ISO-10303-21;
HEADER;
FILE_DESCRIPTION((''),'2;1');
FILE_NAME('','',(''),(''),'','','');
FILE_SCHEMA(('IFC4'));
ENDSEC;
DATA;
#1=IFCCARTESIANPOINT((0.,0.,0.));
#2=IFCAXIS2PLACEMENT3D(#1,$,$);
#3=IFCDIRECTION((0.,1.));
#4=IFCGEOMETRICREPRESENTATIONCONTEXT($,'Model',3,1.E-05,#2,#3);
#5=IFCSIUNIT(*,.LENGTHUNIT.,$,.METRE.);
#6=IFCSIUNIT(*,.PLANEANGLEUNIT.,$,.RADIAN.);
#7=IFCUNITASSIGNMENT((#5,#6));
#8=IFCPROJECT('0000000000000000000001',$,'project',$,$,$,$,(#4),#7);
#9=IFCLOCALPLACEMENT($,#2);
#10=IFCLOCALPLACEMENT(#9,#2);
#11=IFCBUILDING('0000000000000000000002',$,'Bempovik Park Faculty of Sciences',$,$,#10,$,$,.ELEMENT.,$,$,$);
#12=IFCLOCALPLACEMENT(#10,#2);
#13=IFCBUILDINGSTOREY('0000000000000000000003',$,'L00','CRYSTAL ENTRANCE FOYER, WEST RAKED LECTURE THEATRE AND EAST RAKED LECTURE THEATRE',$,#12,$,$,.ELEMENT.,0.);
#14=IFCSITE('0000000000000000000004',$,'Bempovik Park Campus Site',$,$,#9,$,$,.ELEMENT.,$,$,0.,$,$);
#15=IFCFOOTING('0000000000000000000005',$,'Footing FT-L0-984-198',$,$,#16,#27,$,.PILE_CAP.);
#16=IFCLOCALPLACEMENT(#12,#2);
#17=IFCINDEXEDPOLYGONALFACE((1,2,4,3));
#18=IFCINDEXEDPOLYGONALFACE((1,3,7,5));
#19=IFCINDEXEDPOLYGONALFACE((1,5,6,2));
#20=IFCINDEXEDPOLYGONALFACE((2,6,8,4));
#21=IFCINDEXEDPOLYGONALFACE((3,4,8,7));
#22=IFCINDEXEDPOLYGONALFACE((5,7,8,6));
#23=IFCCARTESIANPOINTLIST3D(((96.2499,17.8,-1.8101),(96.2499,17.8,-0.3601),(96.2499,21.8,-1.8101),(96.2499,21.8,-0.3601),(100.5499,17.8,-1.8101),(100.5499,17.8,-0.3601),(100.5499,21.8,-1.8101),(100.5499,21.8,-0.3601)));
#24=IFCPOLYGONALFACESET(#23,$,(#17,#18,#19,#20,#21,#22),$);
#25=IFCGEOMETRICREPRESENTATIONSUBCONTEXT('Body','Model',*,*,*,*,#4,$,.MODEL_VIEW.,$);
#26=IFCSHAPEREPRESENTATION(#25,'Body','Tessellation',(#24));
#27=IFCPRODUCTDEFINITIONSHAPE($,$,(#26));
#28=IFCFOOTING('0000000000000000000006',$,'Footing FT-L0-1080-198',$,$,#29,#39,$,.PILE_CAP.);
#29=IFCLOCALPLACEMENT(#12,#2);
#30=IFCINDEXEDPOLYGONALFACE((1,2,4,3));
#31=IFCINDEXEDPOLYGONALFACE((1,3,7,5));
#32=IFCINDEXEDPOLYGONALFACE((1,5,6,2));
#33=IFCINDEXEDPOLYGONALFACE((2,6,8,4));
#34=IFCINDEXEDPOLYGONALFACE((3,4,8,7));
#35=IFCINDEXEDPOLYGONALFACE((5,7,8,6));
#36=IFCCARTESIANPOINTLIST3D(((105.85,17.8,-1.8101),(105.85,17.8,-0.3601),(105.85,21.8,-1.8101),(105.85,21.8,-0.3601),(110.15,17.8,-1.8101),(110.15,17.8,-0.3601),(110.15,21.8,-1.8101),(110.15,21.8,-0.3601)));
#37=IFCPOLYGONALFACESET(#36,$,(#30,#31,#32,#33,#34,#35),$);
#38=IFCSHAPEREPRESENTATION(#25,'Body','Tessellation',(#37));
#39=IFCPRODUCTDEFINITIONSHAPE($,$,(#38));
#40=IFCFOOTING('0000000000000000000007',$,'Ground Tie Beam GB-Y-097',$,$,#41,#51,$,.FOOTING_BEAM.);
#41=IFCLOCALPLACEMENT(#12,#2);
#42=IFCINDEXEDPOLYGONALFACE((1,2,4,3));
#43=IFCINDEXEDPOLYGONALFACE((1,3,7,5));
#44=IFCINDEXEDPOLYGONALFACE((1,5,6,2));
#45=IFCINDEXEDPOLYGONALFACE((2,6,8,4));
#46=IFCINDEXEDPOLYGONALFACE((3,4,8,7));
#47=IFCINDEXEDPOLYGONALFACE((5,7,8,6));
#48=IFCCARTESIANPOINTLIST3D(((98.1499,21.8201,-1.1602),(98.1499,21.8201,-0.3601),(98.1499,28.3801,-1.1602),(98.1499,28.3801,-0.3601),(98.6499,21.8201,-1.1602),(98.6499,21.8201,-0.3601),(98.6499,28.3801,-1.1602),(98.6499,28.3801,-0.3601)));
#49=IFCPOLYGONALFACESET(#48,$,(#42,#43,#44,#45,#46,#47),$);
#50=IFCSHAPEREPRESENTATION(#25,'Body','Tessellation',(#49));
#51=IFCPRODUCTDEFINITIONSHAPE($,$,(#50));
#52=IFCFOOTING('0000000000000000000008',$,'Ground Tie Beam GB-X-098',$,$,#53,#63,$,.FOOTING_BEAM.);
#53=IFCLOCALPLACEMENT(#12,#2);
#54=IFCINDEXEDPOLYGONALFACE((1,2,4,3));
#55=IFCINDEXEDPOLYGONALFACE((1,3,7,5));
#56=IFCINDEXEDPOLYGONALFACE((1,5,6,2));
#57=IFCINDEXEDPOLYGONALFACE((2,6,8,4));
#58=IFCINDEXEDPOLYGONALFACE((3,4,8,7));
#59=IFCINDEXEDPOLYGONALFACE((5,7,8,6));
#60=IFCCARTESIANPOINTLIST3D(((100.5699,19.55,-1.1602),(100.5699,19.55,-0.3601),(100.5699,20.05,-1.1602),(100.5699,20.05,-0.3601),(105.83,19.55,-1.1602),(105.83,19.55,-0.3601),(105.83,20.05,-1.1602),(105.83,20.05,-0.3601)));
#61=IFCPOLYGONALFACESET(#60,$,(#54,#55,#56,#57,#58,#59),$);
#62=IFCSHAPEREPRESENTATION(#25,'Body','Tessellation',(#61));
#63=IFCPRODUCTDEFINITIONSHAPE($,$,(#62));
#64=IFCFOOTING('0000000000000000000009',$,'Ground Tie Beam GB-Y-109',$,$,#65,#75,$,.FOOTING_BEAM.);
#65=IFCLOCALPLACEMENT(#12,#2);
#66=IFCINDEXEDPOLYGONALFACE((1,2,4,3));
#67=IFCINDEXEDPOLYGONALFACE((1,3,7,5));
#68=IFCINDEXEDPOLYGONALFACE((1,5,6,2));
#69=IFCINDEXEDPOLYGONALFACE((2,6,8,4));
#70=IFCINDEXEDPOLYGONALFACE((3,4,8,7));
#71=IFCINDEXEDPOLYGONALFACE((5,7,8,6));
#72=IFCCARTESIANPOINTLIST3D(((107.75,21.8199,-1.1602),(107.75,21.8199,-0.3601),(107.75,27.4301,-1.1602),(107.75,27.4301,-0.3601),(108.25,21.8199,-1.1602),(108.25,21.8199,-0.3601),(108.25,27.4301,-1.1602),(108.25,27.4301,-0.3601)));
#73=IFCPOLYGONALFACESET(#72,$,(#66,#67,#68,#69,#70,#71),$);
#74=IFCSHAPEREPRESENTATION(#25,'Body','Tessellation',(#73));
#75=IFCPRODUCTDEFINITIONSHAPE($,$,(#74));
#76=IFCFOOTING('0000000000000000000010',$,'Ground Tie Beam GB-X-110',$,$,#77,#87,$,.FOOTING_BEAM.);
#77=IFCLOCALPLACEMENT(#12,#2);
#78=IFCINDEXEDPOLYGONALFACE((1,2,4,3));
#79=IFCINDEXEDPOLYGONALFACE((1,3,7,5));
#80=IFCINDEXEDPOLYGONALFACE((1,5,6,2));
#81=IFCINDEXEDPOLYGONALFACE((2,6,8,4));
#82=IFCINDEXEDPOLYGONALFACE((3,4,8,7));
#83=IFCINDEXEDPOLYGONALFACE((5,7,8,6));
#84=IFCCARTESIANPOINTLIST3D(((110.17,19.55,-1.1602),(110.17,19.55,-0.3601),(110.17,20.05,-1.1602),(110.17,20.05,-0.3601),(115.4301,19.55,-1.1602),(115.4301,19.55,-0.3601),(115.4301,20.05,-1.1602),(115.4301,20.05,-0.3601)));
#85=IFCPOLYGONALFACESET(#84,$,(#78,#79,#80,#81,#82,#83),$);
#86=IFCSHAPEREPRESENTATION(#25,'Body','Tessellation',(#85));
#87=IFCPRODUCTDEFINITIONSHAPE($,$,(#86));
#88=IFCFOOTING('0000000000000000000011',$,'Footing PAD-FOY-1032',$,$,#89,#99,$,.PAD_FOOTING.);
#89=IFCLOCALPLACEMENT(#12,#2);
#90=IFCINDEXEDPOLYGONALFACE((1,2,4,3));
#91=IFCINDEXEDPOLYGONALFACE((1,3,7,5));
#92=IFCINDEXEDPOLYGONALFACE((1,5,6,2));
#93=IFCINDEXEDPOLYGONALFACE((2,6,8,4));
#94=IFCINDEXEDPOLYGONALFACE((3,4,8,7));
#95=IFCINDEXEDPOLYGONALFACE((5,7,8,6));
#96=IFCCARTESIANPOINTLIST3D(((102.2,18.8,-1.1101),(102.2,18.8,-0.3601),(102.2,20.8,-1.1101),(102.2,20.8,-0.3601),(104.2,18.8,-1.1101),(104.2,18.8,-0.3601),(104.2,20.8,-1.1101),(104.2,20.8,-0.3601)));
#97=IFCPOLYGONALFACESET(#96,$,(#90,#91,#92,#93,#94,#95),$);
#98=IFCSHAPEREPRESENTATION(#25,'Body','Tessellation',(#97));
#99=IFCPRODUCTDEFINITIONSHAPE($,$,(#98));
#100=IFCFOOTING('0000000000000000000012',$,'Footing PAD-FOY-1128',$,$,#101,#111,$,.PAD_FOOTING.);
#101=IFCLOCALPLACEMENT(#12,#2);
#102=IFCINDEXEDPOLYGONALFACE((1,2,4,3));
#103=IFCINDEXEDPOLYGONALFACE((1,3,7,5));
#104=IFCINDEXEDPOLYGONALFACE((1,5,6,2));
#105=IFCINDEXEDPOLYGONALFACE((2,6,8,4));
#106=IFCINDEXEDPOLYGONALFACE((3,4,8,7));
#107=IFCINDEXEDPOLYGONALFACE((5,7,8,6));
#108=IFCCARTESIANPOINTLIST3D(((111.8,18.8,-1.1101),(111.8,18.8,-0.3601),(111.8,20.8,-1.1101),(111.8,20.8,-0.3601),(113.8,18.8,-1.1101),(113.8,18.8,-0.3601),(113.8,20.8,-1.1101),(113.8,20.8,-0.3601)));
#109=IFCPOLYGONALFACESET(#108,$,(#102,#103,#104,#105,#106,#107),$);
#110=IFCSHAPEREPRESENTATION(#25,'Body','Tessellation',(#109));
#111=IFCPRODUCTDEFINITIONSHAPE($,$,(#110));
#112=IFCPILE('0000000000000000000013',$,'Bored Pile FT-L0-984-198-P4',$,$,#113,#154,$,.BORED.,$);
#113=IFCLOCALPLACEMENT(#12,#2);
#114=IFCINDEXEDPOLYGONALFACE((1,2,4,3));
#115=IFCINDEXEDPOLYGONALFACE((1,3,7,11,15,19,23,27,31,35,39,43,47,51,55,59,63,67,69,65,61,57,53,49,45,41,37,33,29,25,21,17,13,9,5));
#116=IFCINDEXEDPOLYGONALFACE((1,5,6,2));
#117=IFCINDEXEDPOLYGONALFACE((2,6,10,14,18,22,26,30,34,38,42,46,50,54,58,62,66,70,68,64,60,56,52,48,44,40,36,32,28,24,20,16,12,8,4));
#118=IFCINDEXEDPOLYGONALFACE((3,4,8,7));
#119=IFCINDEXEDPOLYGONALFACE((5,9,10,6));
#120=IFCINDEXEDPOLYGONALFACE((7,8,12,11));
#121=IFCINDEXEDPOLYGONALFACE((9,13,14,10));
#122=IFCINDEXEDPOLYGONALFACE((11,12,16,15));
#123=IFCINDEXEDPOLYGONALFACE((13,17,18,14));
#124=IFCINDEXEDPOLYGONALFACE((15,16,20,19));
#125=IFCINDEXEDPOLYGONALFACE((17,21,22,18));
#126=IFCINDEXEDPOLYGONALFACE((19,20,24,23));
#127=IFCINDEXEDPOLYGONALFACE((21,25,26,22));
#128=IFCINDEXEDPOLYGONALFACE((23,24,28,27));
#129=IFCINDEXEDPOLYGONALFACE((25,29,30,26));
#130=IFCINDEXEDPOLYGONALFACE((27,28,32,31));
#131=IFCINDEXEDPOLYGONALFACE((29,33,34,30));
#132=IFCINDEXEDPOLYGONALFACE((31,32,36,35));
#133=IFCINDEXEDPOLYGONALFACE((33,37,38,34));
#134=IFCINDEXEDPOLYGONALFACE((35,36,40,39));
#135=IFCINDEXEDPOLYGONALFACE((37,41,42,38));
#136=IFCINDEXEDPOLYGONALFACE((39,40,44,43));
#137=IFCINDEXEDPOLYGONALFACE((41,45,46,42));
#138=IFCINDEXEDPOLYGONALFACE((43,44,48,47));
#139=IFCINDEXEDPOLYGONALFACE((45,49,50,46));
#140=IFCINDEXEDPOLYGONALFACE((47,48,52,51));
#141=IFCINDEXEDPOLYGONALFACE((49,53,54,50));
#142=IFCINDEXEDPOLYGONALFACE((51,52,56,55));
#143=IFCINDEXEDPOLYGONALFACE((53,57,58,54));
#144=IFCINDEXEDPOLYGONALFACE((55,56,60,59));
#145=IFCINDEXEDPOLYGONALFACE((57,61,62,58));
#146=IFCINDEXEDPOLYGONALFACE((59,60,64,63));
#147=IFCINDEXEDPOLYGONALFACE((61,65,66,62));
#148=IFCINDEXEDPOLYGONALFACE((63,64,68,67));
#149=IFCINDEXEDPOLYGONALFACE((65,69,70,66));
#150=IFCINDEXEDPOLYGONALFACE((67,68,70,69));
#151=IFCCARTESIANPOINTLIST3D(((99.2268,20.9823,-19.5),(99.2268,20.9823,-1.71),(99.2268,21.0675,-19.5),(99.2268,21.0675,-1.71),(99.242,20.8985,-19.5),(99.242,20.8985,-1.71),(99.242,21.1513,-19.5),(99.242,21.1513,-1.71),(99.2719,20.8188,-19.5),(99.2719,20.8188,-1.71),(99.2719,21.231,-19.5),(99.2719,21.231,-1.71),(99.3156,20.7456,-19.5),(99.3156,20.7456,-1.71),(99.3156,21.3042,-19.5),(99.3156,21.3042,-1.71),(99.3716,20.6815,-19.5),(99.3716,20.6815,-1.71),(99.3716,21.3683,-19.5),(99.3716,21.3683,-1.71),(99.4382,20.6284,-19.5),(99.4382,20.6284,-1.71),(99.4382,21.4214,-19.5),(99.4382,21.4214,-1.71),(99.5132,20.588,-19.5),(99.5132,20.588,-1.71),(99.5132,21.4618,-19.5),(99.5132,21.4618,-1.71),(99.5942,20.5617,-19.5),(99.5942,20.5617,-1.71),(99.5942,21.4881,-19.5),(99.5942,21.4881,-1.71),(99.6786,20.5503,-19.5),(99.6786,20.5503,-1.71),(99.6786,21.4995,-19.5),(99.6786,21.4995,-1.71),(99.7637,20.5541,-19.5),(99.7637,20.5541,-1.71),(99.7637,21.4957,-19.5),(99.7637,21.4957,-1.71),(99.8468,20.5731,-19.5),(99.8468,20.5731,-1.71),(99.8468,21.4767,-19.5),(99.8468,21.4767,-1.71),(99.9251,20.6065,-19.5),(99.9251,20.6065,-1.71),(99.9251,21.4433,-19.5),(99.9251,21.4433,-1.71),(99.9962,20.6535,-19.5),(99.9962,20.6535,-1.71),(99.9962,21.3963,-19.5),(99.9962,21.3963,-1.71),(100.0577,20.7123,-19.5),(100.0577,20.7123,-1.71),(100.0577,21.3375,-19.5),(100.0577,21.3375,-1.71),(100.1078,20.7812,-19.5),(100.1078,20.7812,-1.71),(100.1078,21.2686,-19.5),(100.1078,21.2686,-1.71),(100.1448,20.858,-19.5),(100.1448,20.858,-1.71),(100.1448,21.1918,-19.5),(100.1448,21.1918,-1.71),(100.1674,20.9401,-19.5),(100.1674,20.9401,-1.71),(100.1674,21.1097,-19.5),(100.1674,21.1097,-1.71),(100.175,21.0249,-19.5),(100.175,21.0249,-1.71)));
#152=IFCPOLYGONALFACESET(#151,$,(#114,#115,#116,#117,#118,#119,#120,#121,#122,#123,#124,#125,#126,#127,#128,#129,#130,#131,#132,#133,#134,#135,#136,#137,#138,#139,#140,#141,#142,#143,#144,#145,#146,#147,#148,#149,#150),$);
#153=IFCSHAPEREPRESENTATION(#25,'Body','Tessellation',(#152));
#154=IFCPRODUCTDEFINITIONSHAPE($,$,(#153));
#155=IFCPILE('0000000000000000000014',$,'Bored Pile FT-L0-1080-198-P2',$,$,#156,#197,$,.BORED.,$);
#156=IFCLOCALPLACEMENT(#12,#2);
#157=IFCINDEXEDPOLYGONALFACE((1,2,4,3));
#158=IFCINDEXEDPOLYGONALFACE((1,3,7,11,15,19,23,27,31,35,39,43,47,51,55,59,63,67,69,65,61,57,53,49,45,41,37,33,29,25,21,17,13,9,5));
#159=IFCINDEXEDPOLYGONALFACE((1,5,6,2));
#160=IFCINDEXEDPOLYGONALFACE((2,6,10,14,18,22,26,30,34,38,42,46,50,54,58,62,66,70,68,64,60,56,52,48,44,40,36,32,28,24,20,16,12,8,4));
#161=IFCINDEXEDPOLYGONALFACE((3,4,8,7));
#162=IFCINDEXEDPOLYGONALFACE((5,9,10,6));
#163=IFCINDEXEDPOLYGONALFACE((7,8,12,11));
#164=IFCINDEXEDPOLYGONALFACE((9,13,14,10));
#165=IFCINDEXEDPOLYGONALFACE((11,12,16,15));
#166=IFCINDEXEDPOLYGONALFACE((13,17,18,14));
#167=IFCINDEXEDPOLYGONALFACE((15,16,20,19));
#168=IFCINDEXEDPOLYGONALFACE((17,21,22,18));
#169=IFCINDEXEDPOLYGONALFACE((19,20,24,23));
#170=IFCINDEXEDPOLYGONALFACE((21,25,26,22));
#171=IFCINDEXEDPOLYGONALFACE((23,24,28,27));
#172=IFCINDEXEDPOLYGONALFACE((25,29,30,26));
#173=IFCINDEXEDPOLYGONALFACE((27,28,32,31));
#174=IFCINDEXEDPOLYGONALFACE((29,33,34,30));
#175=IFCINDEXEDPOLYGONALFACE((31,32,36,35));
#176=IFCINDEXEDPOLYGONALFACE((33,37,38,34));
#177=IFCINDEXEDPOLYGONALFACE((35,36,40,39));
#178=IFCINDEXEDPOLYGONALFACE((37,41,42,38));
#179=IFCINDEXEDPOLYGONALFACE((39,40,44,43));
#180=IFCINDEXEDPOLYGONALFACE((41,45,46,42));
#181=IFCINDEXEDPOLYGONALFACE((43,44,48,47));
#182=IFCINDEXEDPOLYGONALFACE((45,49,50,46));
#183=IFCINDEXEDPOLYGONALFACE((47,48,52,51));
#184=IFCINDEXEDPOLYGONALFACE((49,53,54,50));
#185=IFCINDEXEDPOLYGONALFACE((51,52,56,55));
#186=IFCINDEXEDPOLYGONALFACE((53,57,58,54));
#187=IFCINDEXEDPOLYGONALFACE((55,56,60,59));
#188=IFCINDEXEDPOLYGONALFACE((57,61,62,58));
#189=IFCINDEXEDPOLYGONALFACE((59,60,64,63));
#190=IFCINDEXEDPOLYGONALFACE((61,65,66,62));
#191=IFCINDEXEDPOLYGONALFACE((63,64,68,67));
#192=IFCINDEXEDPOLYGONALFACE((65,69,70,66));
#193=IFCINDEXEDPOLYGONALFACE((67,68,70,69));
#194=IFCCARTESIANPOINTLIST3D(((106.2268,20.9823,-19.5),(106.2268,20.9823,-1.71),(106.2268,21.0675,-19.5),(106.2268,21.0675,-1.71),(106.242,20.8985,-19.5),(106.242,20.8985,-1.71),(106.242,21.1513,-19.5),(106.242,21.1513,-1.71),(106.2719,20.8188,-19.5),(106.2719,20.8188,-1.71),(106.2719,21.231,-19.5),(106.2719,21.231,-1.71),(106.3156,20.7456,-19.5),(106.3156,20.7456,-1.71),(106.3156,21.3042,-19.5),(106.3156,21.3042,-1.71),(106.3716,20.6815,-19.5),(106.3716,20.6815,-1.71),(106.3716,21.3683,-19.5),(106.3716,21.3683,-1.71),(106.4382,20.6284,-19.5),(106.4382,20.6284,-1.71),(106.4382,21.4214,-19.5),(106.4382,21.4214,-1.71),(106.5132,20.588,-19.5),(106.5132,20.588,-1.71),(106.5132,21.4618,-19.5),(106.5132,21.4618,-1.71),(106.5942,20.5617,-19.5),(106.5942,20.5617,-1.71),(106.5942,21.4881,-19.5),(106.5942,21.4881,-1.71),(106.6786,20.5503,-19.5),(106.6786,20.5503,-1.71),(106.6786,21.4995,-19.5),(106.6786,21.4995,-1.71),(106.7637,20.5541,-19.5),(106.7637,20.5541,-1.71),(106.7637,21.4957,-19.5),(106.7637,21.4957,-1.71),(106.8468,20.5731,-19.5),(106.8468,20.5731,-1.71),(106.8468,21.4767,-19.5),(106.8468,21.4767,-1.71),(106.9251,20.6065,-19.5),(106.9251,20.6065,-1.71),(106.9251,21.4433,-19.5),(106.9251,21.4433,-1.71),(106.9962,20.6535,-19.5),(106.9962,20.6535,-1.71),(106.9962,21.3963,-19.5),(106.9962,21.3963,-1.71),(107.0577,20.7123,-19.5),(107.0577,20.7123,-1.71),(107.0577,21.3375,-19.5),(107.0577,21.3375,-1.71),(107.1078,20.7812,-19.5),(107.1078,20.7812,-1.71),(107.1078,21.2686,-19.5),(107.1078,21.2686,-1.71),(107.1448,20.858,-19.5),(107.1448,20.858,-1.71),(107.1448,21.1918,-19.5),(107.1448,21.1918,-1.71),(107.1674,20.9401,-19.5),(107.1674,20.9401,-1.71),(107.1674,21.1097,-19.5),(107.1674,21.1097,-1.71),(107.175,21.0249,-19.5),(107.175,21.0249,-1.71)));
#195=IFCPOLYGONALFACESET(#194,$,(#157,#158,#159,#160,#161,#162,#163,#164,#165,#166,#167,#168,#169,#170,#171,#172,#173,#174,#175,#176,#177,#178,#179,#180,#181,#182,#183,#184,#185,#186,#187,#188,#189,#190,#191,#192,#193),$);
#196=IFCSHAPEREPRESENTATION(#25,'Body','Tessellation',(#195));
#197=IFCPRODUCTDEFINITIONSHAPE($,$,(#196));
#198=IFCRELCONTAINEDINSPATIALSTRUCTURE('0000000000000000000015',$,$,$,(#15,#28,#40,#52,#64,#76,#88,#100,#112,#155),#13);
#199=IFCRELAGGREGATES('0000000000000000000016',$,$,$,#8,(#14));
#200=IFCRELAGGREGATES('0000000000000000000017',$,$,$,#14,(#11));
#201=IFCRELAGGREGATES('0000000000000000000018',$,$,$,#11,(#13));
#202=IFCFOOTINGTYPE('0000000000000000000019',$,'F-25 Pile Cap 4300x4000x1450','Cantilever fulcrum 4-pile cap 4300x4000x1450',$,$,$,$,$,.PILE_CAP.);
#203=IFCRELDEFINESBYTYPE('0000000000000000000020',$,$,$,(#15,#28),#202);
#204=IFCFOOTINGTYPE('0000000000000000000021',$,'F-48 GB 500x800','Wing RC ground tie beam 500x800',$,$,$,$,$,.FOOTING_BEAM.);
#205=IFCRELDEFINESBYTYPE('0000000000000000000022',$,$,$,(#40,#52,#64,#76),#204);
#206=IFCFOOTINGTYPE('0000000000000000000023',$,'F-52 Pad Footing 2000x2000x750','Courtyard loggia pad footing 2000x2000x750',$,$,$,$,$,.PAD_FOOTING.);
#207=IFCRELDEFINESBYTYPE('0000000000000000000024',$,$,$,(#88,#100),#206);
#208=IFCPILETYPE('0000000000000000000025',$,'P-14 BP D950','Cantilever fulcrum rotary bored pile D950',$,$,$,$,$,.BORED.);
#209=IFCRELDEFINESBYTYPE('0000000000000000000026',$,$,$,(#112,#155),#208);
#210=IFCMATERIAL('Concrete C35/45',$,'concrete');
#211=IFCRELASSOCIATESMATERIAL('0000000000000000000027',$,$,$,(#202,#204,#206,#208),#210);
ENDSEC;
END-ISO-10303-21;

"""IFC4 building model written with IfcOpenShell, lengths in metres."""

from ifc_helpers import new_model, si_unit, direction, frame, origin, origin_2d, place, context, subcontext, project, spatial, rectangle, circle, extrude, material, material_profile, profile_set, type_object, element, save


model = new_model("IFC4")

# Units and contexts
model_context = context("Model", 3, precision=1e-05, world=origin(), true_north=direction((0.0, 1.0)))
body_context = subcontext(model_context, "Body", "Model", "MODEL_VIEW")
ifc_project = project(units=[si_unit("LENGTHUNIT", "METRE"), si_unit("PLANEANGLEUNIT", "RADIAN")], contexts=[model_context])

# Site, building, storey
site_placement = place(None, origin())
site = spatial("IfcSite", under=ifc_project, at=site_placement, Name="Bempovik Park Campus Site", CompositionType="ELEMENT", RefElevation=0.0)
building_placement = place(site_placement, origin())
building = spatial("IfcBuilding", under=site, at=building_placement, Name="Bempovik Park Faculty of Sciences", CompositionType="ELEMENT")
storey_placement = place(building_placement, origin())
storey = spatial("IfcBuildingStorey", under=building, at=storey_placement, Name="L00", Description="CRYSTAL ENTRANCE FOYER, WEST RAKED LECTURE THEATRE AND EAST RAKED LECTURE THEATRE", CompositionType="ELEMENT", Elevation=0.0)

# Footings
ifc_material_1 = material(Name="Concrete C35/45", Category="concrete")
footing_type_1 = type_object("IfcFootingType", Name="F-25 Pile Cap 4300x4000x1450", Description="Cantilever fulcrum 4-pile cap 4300x4000x1450", PredefinedType="PILE_CAP", material=ifc_material_1)
for number, where, z_axis, x_axis, name in (
    (1, (98.3999, 19.8, -1.8101), (0.0, 0.0, 1.0), (1.0, 0.0, 0.0), "Footing FT-L0-984-198"),
    (2, (108.0, 19.8, -1.8101), (0.0, 0.0, 1.0), (1.0, 0.0, 0.0), "Footing FT-L0-1080-198"),
):
    element("IfcFooting", number, at=place(storey_placement, frame(where, z_axis=z_axis, x_axis=x_axis)), inside=storey, type_object=footing_type_1, Name=name, PredefinedType="PILE_CAP", context=body_context, shape_type="SweptSolid", body=[
        extrude(rectangle(XDim=4.3, YDim=4.0, at=origin_2d()), origin(), (0.0, 0.0, 1.0), 1.45),
    ])
footing_type_2 = type_object("IfcFootingType", Name="F-48 GB 500x800", Description="Wing RC ground tie beam 500x800", PredefinedType="FOOTING_BEAM", material=ifc_material_1)
footing_1_placement = place(storey_placement, frame((98.3999, 25.1001, -1.1602), z_axis=(0.0, 0.0, 1.0), x_axis=(1.0, 0.0, 0.0)))
element("IfcFooting", 3, at=footing_1_placement, inside=storey, type_object=footing_type_2, Name="Ground Tie Beam GB-Y-097", PredefinedType="FOOTING_BEAM", context=body_context, shape_type="SweptSolid", body=[
    extrude(rectangle(XDim=0.5, YDim=6.5601, at=origin_2d()), origin(), (0.0, 0.0, 1.0), 0.8),
])
footing_2_placement = place(storey_placement, frame((103.2, 19.8, -1.1602), z_axis=(0.0, 0.0, 1.0), x_axis=(1.0, 0.0, 0.0)))
element("IfcFooting", 4, at=footing_2_placement, inside=storey, type_object=footing_type_2, Name="Ground Tie Beam GB-X-098", PredefinedType="FOOTING_BEAM", context=body_context, shape_type="SweptSolid", body=[
    extrude(rectangle(XDim=5.26, YDim=0.5, at=origin_2d()), origin(), (0.0, 0.0, 1.0), 0.8),
])
footing_3_placement = place(storey_placement, frame((108.0, 24.625, -1.1602), z_axis=(0.0, 0.0, 1.0), x_axis=(1.0, 0.0, 0.0)))
element("IfcFooting", 5, at=footing_3_placement, inside=storey, type_object=footing_type_2, Name="Ground Tie Beam GB-Y-109", PredefinedType="FOOTING_BEAM", context=body_context, shape_type="SweptSolid", body=[
    extrude(rectangle(XDim=0.5, YDim=5.6101, at=origin_2d()), origin(), (0.0, 0.0, 1.0), 0.8),
])
footing_4_placement = place(storey_placement, frame((112.8, 19.8, -1.1602), z_axis=(0.0, 0.0, 1.0), x_axis=(1.0, 0.0, 0.0)))
element("IfcFooting", 6, at=footing_4_placement, inside=storey, type_object=footing_type_2, Name="Ground Tie Beam GB-X-110", PredefinedType="FOOTING_BEAM", context=body_context, shape_type="SweptSolid", body=[
    extrude(rectangle(XDim=5.26, YDim=0.5, at=origin_2d()), origin(), (0.0, 0.0, 1.0), 0.8),
])
footing_type_3 = type_object("IfcFootingType", Name="F-52 Pad Footing 2000x2000x750", Description="Courtyard loggia pad footing 2000x2000x750", PredefinedType="PAD_FOOTING", material=ifc_material_1)
for number, where, z_axis, x_axis, name in (
    (7, (103.2, 19.8, -1.1101), (0.0, 0.0, 1.0), (1.0, 0.0, 0.0), "Footing PAD-FOY-1032"),
    (8, (112.8, 19.8, -1.1101), (0.0, 0.0, 1.0), (1.0, 0.0, 0.0), "Footing PAD-FOY-1128"),
):
    element("IfcFooting", number, at=place(storey_placement, frame(where, z_axis=z_axis, x_axis=x_axis)), inside=storey, type_object=footing_type_3, Name=name, PredefinedType="PAD_FOOTING", context=body_context, shape_type="SweptSolid", body=[
        extrude(rectangle(XDim=2.0, YDim=2.0, at=origin_2d()), origin(), (0.0, 0.0, 1.0), 0.75),
    ])

# Piles
ifc_material_profile_1 = material_profile(ifc_material_1, circle(Radius=0.4751, at=origin_2d()), Name="BP D950")
ifc_profile_set_1 = profile_set([ifc_material_profile_1], Name="Concrete C35/45")
pile_type_1 = type_object("IfcPileType", Name="P-14 BP D950", Description="Cantilever fulcrum rotary bored pile D950", PredefinedType="BORED", material=ifc_profile_set_1)
for number, where, z_axis, x_axis, name in (
    (9, (99.7, 21.0249, -1.71), (0.0, 0.0, -1.0), (1.0, 0.0, 0.0), "Bored Pile FT-L0-984-198-P4"),
    (10, (106.7, 21.0249, -1.71), (0.0, 0.0, -1.0), (1.0, 0.0, 0.0), "Bored Pile FT-L0-1080-198-P2"),
):
    element("IfcPile", number, at=place(storey_placement, frame(where, z_axis=z_axis, x_axis=x_axis)), inside=storey, type_object=pile_type_1, Name=name, PredefinedType="BORED", context=body_context, shape_type="SweptSolid", body=[
        extrude(circle(Radius=0.4751, at=origin_2d()), origin(), (0.0, 0.0, 1.0), 17.79),
    ])

save(model, "model.ifc")
